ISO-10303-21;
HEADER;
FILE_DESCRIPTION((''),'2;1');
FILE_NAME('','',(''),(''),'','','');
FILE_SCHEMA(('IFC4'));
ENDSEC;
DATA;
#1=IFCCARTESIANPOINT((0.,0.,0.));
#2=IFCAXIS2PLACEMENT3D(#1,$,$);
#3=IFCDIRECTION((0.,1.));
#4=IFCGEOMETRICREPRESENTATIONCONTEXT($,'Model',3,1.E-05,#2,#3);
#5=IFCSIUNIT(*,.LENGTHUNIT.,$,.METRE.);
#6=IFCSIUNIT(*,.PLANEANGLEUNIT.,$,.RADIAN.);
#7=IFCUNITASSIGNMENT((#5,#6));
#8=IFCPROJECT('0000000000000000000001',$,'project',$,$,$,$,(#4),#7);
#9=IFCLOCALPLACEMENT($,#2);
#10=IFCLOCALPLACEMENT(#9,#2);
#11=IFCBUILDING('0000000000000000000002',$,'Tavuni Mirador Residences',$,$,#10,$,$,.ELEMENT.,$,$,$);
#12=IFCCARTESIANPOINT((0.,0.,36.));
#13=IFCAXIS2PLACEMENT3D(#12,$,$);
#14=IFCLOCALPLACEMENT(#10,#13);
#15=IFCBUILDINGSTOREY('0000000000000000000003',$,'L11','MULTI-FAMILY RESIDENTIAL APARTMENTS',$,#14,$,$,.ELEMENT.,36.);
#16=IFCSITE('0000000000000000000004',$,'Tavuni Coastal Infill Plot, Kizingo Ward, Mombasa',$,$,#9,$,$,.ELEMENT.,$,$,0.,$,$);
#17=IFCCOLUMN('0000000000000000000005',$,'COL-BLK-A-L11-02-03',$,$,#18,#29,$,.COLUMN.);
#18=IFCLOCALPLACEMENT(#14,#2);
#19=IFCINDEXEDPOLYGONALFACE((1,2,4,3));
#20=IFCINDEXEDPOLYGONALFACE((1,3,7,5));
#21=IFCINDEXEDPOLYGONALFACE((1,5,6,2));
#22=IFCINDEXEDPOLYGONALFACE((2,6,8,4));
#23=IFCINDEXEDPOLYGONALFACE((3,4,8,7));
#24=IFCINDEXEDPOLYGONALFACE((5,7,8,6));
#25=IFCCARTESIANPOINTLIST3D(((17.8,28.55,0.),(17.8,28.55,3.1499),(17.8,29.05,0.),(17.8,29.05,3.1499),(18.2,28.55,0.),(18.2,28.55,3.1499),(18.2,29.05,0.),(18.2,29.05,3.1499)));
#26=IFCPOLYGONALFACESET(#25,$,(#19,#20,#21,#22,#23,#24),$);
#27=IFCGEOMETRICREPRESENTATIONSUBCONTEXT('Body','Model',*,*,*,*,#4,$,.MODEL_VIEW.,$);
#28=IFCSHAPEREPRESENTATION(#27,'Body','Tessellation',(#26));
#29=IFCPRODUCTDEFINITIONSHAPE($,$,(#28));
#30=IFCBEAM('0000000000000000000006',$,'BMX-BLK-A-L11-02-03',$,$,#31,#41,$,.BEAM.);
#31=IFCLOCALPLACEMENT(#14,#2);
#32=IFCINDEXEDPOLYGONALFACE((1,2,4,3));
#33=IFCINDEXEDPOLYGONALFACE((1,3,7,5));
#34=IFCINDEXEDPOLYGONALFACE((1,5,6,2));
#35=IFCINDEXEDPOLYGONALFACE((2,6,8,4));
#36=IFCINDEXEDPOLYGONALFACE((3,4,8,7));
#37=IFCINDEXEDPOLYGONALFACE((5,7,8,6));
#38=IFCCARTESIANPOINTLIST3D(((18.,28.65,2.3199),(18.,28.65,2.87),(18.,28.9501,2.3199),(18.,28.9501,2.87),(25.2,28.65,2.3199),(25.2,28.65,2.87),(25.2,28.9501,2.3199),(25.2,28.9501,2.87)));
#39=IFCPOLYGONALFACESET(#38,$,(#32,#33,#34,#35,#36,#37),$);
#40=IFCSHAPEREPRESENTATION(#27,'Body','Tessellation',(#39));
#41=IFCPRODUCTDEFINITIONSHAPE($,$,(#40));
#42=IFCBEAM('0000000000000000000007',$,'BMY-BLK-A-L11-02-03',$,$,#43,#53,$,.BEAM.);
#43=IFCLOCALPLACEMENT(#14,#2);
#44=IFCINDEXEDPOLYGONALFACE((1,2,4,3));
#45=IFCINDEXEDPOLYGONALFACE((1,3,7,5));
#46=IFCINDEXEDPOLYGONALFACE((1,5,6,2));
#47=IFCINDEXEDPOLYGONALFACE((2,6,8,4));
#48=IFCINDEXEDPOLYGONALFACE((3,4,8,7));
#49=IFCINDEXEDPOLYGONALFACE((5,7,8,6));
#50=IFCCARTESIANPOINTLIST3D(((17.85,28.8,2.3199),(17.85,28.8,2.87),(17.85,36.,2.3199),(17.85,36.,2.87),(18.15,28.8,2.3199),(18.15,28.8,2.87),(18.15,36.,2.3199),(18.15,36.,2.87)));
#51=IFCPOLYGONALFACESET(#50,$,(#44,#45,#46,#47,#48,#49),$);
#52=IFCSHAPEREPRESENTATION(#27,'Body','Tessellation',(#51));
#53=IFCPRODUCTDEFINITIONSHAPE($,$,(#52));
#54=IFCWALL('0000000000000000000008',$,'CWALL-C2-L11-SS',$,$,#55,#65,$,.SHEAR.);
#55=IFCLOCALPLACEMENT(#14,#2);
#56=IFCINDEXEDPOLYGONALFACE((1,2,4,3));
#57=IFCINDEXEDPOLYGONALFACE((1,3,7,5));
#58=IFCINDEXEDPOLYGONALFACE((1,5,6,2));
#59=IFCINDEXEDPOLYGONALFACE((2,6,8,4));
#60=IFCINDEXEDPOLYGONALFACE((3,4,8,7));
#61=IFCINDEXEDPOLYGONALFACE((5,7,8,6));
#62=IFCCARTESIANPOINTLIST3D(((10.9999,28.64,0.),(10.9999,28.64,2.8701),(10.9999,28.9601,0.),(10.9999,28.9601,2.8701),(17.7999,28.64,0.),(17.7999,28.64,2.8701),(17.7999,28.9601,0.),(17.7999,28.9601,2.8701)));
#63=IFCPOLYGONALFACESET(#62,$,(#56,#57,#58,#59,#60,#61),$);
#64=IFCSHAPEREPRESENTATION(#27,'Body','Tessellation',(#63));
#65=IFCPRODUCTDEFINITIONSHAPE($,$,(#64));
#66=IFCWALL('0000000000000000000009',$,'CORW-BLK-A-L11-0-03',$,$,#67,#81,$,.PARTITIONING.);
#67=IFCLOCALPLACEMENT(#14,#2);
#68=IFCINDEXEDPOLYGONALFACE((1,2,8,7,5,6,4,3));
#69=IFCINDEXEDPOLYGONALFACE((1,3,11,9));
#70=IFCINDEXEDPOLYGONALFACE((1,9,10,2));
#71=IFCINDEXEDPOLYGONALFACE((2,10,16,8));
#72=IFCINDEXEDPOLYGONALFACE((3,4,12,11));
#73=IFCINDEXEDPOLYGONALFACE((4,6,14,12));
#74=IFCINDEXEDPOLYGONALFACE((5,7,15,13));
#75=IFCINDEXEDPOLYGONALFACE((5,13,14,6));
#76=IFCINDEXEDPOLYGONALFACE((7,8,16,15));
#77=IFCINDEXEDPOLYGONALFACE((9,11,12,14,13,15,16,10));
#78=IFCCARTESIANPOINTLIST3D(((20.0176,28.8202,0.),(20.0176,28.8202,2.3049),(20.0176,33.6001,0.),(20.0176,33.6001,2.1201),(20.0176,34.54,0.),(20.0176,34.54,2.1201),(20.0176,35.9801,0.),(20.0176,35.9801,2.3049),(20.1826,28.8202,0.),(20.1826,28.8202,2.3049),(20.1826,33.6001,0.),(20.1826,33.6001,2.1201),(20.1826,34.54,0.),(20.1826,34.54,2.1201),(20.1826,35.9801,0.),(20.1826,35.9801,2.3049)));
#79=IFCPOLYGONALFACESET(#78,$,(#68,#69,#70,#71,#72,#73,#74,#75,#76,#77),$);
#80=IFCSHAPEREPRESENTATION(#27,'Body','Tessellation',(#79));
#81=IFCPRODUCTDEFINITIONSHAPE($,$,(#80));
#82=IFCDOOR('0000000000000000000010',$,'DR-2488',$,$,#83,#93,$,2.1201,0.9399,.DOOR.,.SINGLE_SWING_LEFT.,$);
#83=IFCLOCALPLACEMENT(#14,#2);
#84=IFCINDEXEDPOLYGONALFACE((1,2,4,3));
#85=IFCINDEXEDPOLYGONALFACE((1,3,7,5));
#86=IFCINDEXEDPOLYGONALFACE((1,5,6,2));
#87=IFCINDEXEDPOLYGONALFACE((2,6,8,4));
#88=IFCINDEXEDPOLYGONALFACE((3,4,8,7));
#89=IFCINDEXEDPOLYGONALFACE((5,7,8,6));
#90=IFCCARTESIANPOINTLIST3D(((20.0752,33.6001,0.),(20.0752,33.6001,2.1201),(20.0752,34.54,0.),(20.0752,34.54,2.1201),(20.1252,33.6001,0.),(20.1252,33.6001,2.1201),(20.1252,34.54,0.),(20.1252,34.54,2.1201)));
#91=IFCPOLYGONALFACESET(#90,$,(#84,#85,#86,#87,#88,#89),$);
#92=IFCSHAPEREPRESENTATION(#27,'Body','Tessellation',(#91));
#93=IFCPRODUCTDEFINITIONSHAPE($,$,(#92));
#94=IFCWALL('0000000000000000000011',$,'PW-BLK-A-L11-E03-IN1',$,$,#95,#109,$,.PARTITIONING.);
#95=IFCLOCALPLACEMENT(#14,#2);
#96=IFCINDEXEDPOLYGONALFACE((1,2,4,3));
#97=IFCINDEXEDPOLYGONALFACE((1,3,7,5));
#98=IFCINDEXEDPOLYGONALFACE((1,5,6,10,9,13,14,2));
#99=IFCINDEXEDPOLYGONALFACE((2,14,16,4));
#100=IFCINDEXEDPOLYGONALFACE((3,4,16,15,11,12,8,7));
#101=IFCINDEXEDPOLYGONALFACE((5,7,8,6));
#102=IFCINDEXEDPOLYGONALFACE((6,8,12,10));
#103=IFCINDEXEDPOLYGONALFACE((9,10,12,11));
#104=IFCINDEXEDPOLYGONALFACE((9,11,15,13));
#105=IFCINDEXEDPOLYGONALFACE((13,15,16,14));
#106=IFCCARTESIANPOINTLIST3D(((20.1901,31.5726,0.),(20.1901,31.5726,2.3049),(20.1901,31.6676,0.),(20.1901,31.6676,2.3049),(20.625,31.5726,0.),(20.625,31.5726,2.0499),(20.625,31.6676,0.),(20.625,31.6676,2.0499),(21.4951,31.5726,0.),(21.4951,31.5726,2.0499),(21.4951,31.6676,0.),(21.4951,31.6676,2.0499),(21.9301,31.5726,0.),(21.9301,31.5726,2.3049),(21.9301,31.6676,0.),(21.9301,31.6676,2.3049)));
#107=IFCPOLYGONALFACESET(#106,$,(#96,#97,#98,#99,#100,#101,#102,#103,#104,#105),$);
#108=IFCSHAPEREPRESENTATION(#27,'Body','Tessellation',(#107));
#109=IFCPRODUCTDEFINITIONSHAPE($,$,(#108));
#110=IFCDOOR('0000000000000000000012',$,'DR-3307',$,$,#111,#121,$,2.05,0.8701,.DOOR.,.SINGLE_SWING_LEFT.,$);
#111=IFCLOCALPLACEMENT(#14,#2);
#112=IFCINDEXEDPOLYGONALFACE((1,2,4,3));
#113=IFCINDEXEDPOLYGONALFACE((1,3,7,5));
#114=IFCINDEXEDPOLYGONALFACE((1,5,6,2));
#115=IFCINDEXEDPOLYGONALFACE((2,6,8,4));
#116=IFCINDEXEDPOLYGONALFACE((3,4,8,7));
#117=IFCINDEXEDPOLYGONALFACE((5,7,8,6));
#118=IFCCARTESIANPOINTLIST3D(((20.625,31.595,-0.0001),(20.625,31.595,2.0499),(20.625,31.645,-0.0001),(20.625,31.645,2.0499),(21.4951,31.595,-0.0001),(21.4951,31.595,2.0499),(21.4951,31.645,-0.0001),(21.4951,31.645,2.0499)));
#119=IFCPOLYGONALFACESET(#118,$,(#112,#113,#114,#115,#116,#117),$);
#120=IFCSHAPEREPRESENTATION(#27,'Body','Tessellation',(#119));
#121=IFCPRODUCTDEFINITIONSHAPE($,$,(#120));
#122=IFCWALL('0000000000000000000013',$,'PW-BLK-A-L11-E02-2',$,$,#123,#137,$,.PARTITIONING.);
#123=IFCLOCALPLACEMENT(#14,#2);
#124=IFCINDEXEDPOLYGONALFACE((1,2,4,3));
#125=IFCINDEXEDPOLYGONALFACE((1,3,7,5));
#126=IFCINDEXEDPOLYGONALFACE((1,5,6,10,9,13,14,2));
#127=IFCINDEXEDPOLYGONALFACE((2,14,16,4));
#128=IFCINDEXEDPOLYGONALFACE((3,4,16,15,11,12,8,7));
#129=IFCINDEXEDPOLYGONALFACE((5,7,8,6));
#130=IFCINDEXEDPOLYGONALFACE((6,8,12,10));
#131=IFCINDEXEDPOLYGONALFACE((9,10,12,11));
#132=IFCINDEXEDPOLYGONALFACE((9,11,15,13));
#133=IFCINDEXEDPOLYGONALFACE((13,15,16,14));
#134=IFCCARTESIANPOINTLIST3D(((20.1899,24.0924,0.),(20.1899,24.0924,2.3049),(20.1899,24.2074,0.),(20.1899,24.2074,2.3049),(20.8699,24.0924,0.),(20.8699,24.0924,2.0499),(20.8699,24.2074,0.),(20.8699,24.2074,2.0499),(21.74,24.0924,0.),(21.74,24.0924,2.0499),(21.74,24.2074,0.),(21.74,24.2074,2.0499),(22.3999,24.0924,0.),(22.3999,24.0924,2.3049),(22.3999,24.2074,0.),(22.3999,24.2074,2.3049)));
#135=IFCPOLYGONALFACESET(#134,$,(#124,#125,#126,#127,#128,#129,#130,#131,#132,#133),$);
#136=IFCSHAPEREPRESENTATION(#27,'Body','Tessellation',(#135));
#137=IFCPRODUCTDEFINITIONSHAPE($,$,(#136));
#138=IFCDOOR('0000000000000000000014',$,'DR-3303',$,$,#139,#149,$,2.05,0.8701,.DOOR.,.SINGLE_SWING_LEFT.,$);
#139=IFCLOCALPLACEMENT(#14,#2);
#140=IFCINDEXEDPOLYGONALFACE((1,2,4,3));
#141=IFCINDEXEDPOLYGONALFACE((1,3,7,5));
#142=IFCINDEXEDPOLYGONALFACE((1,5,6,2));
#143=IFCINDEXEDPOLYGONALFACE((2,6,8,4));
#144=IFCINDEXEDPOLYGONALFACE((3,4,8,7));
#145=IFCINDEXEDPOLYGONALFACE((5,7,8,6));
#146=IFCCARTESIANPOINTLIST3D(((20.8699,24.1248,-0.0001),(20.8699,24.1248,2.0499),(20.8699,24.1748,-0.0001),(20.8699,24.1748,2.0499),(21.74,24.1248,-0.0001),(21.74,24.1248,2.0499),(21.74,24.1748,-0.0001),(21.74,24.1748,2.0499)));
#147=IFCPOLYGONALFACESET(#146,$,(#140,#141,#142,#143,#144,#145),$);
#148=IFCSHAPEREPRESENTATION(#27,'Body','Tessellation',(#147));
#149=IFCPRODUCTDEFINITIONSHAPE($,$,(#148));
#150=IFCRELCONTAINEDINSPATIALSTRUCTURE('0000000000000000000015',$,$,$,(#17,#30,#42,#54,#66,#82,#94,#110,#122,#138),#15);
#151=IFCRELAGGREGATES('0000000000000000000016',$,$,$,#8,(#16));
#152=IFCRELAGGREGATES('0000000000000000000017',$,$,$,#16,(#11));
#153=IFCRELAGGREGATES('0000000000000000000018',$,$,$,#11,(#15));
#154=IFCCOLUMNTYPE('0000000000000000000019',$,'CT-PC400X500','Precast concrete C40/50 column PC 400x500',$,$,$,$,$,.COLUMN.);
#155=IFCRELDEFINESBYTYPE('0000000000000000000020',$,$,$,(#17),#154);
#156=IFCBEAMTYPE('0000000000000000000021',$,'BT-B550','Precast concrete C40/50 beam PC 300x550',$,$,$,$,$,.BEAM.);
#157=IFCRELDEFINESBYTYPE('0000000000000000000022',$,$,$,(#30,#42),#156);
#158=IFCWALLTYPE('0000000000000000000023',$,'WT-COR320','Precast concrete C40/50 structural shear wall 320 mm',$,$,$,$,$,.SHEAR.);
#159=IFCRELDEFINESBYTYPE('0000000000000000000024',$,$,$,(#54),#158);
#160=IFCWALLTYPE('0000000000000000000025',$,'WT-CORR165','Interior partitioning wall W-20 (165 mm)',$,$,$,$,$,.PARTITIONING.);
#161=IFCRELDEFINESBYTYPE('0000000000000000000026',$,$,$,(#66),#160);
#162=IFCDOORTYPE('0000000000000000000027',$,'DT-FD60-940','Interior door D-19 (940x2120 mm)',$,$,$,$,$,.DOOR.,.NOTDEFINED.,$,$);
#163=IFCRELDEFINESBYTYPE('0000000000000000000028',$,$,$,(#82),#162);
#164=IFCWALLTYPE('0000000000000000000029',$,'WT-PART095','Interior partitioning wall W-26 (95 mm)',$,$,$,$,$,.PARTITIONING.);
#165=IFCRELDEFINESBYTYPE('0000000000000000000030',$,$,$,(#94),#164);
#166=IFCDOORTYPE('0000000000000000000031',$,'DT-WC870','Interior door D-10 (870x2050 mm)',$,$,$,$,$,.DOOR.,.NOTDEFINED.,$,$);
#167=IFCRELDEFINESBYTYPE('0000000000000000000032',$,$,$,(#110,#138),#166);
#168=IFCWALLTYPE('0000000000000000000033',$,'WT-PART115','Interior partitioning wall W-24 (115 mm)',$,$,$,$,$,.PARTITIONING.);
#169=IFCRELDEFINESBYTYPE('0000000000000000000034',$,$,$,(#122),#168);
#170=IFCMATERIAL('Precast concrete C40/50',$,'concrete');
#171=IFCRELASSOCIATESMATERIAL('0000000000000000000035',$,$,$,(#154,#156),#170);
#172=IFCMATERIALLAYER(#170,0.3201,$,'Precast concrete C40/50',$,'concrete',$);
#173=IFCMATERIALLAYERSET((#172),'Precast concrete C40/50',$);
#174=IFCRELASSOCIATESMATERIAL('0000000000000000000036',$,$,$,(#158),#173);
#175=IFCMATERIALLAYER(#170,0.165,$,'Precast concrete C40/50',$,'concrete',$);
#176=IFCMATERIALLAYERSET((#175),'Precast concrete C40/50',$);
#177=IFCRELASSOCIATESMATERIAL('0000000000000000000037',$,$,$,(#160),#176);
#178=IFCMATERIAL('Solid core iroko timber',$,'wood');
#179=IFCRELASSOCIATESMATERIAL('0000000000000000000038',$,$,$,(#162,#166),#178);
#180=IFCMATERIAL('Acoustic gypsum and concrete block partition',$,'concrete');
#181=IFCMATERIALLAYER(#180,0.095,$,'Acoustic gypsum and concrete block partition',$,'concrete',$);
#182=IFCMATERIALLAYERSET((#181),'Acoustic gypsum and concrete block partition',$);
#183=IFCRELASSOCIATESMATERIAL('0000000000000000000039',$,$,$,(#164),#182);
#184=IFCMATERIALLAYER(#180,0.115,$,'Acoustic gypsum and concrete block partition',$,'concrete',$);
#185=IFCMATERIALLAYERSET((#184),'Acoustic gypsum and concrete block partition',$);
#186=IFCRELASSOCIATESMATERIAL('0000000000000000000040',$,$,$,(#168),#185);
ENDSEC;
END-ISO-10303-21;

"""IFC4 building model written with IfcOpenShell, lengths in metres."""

from ifc_helpers import new_model, si_unit, direction, frame, frame_2d, origin, origin_2d, place, context, subcontext, project, spatial, rectangle, extrude, material, layer, layer_set, material_profile, profile_set, type_object, element, fill, save


model = new_model("IFC4")

# Units and contexts
model_context = context("Model", 3, precision=1e-05, world=origin(), true_north=direction((0.0, 1.0)))
body_context = subcontext(model_context, "Body", "Model", "MODEL_VIEW")
ifc_project = project(units=[si_unit("LENGTHUNIT", "METRE"), si_unit("PLANEANGLEUNIT", "RADIAN")], contexts=[model_context])

# Site, building, storey
site_placement = place(None, origin())
site = spatial("IfcSite", under=ifc_project, at=site_placement, Name="Tavuni Coastal Infill Plot, Kizingo Ward, Mombasa", CompositionType="ELEMENT", RefElevation=0.0)
building_placement = place(site_placement, origin())
building = spatial("IfcBuilding", under=site, at=building_placement, Name="Tavuni Mirador Residences", CompositionType="ELEMENT")
storey_placement = place(building_placement, frame((0.0, 0.0, 36.0)))
storey = spatial("IfcBuildingStorey", under=building, at=storey_placement, Name="L11", Description="MULTI-FAMILY RESIDENTIAL APARTMENTS", CompositionType="ELEMENT", Elevation=36.0)

# Column
ifc_material_1 = material(Name="Precast concrete C40/50", Category="concrete")
ifc_material_profile_1 = material_profile(ifc_material_1, rectangle(XDim=0.3999, YDim=0.5, at=origin_2d()), Name="PC 400x500", Category="concrete")
ifc_profile_set_1 = profile_set([ifc_material_profile_1], Name="Precast concrete C40/50")
column_type = type_object("IfcColumnType", Name="CT-PC400X500", Description="Precast concrete C40/50 column PC 400x500", PredefinedType="COLUMN", material=ifc_profile_set_1)
column_placement = place(storey_placement, frame((18.0, 28.8, 0.0), z_axis=(0.0, 0.0, 1.0), x_axis=(1.0, 0.0, 0.0)))
element("IfcColumn", 1, at=column_placement, inside=storey, type_object=column_type, Name="COL-BLK-A-L11-02-03", PredefinedType="COLUMN", context=body_context, shape_type="SweptSolid", body=[
    extrude(rectangle(XDim=0.3999, YDim=0.5, at=origin_2d()), origin(), (0.0, 0.0, 1.0), 3.1499),
])

# Beams
ifc_material_profile_2 = material_profile(ifc_material_1, rectangle(XDim=0.3, YDim=0.55, at=origin_2d()), Name="PC 300x550", Category="concrete")
ifc_profile_set_2 = profile_set([ifc_material_profile_2], Name="Precast concrete C40/50")
beam_type = type_object("IfcBeamType", Name="BT-B550", Description="Precast concrete C40/50 beam PC 300x550", PredefinedType="BEAM", material=ifc_profile_set_2)
for number, where, z_axis, x_axis, name in (
    (2, (18.0, 28.8, 2.595), (1.0, 0.0, 0.0), (0.0, 1.0, 0.0), "BMX-BLK-A-L11-02-03"),
    (3, (18.0, 28.8, 2.595), (0.0, 1.0, 0.0), (-1.0, 0.0, 0.0), "BMY-BLK-A-L11-02-03"),
):
    element("IfcBeam", number, at=place(storey_placement, frame(where, z_axis=z_axis, x_axis=x_axis)), inside=storey, type_object=beam_type, Name=name, PredefinedType="BEAM", context=body_context, shape_type="SweptSolid", body=[
        extrude(rectangle(XDim=0.3, YDim=0.55, at=origin_2d()), origin(), (0.0, 0.0, 1.0), 7.2),
    ])

# Shared definitions
ifc_material_2 = material(Name="Solid core iroko timber", Category="wood")
ifc_layer_1 = layer(ifc_material_1, 0.3201, Name="Precast concrete C40/50", Category="concrete")
ifc_layer_set_1 = layer_set([ifc_layer_1], Name="Precast concrete C40/50")
wall_type_1 = type_object("IfcWallType", Name="WT-COR320", Description="Precast concrete C40/50 structural shear wall 320 mm", PredefinedType="SHEAR", material=ifc_layer_set_1)

# Wall
wall_1_placement = place(storey_placement, frame((11.0, 28.8, 0.0), z_axis=(0.0, 0.0, 1.0), x_axis=(1.0, 0.0, 0.0)))
element("IfcWall", 4, at=wall_1_placement, inside=storey, type_object=wall_type_1, Name="CWALL-C2-L11-SS", PredefinedType="SHEAR", context=body_context, shape_type="SweptSolid", body=[
    extrude(rectangle(XDim=6.8, YDim=0.3201, at=frame_2d((3.3999, 0.0))), origin(), (0.0, 0.0, 1.0), 2.8701),
])

# Walls, openings, doors
ifc_layer_2 = layer(ifc_material_1, 0.165, Name="Precast concrete C40/50", Category="concrete")
ifc_layer_set_2 = layer_set([ifc_layer_2], Name="Precast concrete C40/50")
wall_type_2 = type_object("IfcWallType", Name="WT-CORR165", Description="Interior partitioning wall W-20 (165 mm)", PredefinedType="PARTITIONING", material=ifc_layer_set_2)
wall_2_placement = place(storey_placement, frame((20.1001, 28.8201, 0.0), z_axis=(0.0, 0.0, 1.0), x_axis=(0.0, 1.0, 0.0)))
wall_2 = element("IfcWall", 5, at=wall_2_placement, inside=storey, type_object=wall_type_2, Name="CORW-BLK-A-L11-0-03", PredefinedType="PARTITIONING", context=body_context, shape_type="SweptSolid", body=[
    extrude(rectangle(XDim=7.1599, YDim=0.165, at=frame_2d((3.5801, 0.0))), origin(), (0.0, 0.0, 1.0), 2.3049),
])
opening_1_placement = place(wall_2_placement, frame((4.78, 0.0, 0.0)))
opening_1 = element("IfcOpeningElement", 6, at=opening_1_placement, cuts=wall_2, PredefinedType="OPENING", context=body_context, shape_type="SweptSolid", body=[
    extrude(rectangle(XDim=0.9399, YDim=2.1201, at=frame_2d((0.47, 1.0601))), frame((0.0, 0.0925, 0.0), z_axis=(0.0, -1.0, 0.0), x_axis=(1.0, 0.0, 0.0)), (0.0, 0.0, 1.0), 0.1851),
])
door_type_1 = type_object("IfcDoorType", Name="DT-FD60-940", Description="Interior door D-19 (940x2120 mm)", OperationType="NOTDEFINED", PredefinedType="DOOR", material=ifc_material_2)
door_1_placement = place(opening_1_placement, origin())
door_1 = element("IfcDoor", 7, at=door_1_placement, inside=storey, type_object=door_type_1, Name="DR-2488", OperationType="SINGLE_SWING_LEFT", OverallHeight=2.1201, OverallWidth=0.9399, PredefinedType="DOOR", context=body_context, shape_type="SweptSolid", body=[
    extrude(rectangle(XDim=0.9399, YDim=2.1201, at=frame_2d((0.47, 1.0601))), frame((0.0, 0.0249, 0.0), z_axis=(0.0, -1.0, 0.0), x_axis=(1.0, 0.0, 0.0)), (0.0, 0.0, 1.0), 0.05),
])
fill(opening_1, door_1)
ifc_material_3 = material(Name="Acoustic gypsum and concrete block partition", Category="concrete")
ifc_layer_3 = layer(ifc_material_3, 0.095, Name="Acoustic gypsum and concrete block partition", Category="concrete")
ifc_layer_set_3 = layer_set([ifc_layer_3], Name="Acoustic gypsum and concrete block partition")
wall_type_3 = type_object("IfcWallType", Name="WT-PART095", Description="Interior partitioning wall W-26 (95 mm)", PredefinedType="PARTITIONING", material=ifc_layer_set_3)
wall_3_placement = place(storey_placement, frame((20.1899, 31.6201, 0.0), z_axis=(0.0, 0.0, 1.0), x_axis=(1.0, 0.0, 0.0)))
wall_3 = element("IfcWall", 8, at=wall_3_placement, inside=storey, type_object=wall_type_3, Name="PW-BLK-A-L11-E03-IN1", PredefinedType="PARTITIONING", context=body_context, shape_type="SweptSolid", body=[
    extrude(rectangle(XDim=1.74, YDim=0.095, at=frame_2d((0.8701, 0.0))), origin(), (0.0, 0.0, 1.0), 2.3049),
])
opening_2_placement = place(wall_3_placement, frame((0.4351, 0.0, 0.0)))
opening_2 = element("IfcOpeningElement", 9, at=opening_2_placement, cuts=wall_3, PredefinedType="OPENING", context=body_context, shape_type="SweptSolid", body=[
    extrude(rectangle(XDim=0.8701, YDim=2.05, at=frame_2d((0.4351, 1.0249))), frame((0.0, 0.0576, 0.0), z_axis=(0.0, -1.0, 0.0), x_axis=(1.0, 0.0, 0.0)), (0.0, 0.0, 1.0), 0.115),
])
door_type_2 = type_object("IfcDoorType", Name="DT-WC870", Description="Interior door D-10 (870x2050 mm)", OperationType="NOTDEFINED", PredefinedType="DOOR", material=ifc_material_2)
door_2_placement = place(opening_2_placement, origin())
door_2 = element("IfcDoor", 10, at=door_2_placement, inside=storey, type_object=door_type_2, Name="DR-3307", OperationType="SINGLE_SWING_LEFT", OverallHeight=2.05, OverallWidth=0.8701, PredefinedType="DOOR", context=body_context, shape_type="SweptSolid", body=[
    extrude(rectangle(XDim=0.8701, YDim=2.05, at=frame_2d((0.4351, 1.0249))), frame((0.0, 0.0249, 0.0), z_axis=(0.0, -1.0, 0.0), x_axis=(1.0, 0.0, 0.0)), (0.0, 0.0, 1.0), 0.05),
])
fill(opening_2, door_2)
ifc_layer_4 = layer(ifc_material_3, 0.115, Name="Acoustic gypsum and concrete block partition", Category="concrete")
ifc_layer_set_4 = layer_set([ifc_layer_4], Name="Acoustic gypsum and concrete block partition")
wall_type_4 = type_object("IfcWallType", Name="WT-PART115", Description="Interior partitioning wall W-24 (115 mm)", PredefinedType="PARTITIONING", material=ifc_layer_set_4)
wall_4_placement = place(storey_placement, frame((20.1899, 24.1499, 0.0), z_axis=(0.0, 0.0, 1.0), x_axis=(1.0, 0.0, 0.0)))
wall_4 = element("IfcWall", 11, at=wall_4_placement, inside=storey, type_object=wall_type_4, Name="PW-BLK-A-L11-E02-2", PredefinedType="PARTITIONING", context=body_context, shape_type="SweptSolid", body=[
    extrude(rectangle(XDim=2.21, YDim=0.115, at=frame_2d((1.105, 0.0))), origin(), (0.0, 0.0, 1.0), 2.3049),
])
opening_3_placement = place(wall_4_placement, frame((0.6799, 0.0, 0.0)))
opening_3 = element("IfcOpeningElement", 12, at=opening_3_placement, cuts=wall_4, PredefinedType="OPENING", context=body_context, shape_type="SweptSolid", body=[
    extrude(rectangle(XDim=0.8701, YDim=2.05, at=frame_2d((0.4351, 1.0249))), frame((0.0, 0.0674, 0.0), z_axis=(0.0, -1.0, 0.0), x_axis=(1.0, 0.0, 0.0)), (0.0, 0.0, 1.0), 0.135),
])
door_3_placement = place(opening_3_placement, origin())
door_3 = element("IfcDoor", 13, at=door_3_placement, inside=storey, type_object=door_type_2, Name="DR-3303", OperationType="SINGLE_SWING_LEFT", OverallHeight=2.05, OverallWidth=0.8701, PredefinedType="DOOR", context=body_context, shape_type="SweptSolid", body=[
    extrude(rectangle(XDim=0.8701, YDim=2.05, at=frame_2d((0.4351, 1.0249))), frame((0.0, 0.0249, 0.0), z_axis=(0.0, -1.0, 0.0), x_axis=(1.0, 0.0, 0.0)), (0.0, 0.0, 1.0), 0.05),
])
fill(opening_3, door_3)

save(model, "model.ifc")
